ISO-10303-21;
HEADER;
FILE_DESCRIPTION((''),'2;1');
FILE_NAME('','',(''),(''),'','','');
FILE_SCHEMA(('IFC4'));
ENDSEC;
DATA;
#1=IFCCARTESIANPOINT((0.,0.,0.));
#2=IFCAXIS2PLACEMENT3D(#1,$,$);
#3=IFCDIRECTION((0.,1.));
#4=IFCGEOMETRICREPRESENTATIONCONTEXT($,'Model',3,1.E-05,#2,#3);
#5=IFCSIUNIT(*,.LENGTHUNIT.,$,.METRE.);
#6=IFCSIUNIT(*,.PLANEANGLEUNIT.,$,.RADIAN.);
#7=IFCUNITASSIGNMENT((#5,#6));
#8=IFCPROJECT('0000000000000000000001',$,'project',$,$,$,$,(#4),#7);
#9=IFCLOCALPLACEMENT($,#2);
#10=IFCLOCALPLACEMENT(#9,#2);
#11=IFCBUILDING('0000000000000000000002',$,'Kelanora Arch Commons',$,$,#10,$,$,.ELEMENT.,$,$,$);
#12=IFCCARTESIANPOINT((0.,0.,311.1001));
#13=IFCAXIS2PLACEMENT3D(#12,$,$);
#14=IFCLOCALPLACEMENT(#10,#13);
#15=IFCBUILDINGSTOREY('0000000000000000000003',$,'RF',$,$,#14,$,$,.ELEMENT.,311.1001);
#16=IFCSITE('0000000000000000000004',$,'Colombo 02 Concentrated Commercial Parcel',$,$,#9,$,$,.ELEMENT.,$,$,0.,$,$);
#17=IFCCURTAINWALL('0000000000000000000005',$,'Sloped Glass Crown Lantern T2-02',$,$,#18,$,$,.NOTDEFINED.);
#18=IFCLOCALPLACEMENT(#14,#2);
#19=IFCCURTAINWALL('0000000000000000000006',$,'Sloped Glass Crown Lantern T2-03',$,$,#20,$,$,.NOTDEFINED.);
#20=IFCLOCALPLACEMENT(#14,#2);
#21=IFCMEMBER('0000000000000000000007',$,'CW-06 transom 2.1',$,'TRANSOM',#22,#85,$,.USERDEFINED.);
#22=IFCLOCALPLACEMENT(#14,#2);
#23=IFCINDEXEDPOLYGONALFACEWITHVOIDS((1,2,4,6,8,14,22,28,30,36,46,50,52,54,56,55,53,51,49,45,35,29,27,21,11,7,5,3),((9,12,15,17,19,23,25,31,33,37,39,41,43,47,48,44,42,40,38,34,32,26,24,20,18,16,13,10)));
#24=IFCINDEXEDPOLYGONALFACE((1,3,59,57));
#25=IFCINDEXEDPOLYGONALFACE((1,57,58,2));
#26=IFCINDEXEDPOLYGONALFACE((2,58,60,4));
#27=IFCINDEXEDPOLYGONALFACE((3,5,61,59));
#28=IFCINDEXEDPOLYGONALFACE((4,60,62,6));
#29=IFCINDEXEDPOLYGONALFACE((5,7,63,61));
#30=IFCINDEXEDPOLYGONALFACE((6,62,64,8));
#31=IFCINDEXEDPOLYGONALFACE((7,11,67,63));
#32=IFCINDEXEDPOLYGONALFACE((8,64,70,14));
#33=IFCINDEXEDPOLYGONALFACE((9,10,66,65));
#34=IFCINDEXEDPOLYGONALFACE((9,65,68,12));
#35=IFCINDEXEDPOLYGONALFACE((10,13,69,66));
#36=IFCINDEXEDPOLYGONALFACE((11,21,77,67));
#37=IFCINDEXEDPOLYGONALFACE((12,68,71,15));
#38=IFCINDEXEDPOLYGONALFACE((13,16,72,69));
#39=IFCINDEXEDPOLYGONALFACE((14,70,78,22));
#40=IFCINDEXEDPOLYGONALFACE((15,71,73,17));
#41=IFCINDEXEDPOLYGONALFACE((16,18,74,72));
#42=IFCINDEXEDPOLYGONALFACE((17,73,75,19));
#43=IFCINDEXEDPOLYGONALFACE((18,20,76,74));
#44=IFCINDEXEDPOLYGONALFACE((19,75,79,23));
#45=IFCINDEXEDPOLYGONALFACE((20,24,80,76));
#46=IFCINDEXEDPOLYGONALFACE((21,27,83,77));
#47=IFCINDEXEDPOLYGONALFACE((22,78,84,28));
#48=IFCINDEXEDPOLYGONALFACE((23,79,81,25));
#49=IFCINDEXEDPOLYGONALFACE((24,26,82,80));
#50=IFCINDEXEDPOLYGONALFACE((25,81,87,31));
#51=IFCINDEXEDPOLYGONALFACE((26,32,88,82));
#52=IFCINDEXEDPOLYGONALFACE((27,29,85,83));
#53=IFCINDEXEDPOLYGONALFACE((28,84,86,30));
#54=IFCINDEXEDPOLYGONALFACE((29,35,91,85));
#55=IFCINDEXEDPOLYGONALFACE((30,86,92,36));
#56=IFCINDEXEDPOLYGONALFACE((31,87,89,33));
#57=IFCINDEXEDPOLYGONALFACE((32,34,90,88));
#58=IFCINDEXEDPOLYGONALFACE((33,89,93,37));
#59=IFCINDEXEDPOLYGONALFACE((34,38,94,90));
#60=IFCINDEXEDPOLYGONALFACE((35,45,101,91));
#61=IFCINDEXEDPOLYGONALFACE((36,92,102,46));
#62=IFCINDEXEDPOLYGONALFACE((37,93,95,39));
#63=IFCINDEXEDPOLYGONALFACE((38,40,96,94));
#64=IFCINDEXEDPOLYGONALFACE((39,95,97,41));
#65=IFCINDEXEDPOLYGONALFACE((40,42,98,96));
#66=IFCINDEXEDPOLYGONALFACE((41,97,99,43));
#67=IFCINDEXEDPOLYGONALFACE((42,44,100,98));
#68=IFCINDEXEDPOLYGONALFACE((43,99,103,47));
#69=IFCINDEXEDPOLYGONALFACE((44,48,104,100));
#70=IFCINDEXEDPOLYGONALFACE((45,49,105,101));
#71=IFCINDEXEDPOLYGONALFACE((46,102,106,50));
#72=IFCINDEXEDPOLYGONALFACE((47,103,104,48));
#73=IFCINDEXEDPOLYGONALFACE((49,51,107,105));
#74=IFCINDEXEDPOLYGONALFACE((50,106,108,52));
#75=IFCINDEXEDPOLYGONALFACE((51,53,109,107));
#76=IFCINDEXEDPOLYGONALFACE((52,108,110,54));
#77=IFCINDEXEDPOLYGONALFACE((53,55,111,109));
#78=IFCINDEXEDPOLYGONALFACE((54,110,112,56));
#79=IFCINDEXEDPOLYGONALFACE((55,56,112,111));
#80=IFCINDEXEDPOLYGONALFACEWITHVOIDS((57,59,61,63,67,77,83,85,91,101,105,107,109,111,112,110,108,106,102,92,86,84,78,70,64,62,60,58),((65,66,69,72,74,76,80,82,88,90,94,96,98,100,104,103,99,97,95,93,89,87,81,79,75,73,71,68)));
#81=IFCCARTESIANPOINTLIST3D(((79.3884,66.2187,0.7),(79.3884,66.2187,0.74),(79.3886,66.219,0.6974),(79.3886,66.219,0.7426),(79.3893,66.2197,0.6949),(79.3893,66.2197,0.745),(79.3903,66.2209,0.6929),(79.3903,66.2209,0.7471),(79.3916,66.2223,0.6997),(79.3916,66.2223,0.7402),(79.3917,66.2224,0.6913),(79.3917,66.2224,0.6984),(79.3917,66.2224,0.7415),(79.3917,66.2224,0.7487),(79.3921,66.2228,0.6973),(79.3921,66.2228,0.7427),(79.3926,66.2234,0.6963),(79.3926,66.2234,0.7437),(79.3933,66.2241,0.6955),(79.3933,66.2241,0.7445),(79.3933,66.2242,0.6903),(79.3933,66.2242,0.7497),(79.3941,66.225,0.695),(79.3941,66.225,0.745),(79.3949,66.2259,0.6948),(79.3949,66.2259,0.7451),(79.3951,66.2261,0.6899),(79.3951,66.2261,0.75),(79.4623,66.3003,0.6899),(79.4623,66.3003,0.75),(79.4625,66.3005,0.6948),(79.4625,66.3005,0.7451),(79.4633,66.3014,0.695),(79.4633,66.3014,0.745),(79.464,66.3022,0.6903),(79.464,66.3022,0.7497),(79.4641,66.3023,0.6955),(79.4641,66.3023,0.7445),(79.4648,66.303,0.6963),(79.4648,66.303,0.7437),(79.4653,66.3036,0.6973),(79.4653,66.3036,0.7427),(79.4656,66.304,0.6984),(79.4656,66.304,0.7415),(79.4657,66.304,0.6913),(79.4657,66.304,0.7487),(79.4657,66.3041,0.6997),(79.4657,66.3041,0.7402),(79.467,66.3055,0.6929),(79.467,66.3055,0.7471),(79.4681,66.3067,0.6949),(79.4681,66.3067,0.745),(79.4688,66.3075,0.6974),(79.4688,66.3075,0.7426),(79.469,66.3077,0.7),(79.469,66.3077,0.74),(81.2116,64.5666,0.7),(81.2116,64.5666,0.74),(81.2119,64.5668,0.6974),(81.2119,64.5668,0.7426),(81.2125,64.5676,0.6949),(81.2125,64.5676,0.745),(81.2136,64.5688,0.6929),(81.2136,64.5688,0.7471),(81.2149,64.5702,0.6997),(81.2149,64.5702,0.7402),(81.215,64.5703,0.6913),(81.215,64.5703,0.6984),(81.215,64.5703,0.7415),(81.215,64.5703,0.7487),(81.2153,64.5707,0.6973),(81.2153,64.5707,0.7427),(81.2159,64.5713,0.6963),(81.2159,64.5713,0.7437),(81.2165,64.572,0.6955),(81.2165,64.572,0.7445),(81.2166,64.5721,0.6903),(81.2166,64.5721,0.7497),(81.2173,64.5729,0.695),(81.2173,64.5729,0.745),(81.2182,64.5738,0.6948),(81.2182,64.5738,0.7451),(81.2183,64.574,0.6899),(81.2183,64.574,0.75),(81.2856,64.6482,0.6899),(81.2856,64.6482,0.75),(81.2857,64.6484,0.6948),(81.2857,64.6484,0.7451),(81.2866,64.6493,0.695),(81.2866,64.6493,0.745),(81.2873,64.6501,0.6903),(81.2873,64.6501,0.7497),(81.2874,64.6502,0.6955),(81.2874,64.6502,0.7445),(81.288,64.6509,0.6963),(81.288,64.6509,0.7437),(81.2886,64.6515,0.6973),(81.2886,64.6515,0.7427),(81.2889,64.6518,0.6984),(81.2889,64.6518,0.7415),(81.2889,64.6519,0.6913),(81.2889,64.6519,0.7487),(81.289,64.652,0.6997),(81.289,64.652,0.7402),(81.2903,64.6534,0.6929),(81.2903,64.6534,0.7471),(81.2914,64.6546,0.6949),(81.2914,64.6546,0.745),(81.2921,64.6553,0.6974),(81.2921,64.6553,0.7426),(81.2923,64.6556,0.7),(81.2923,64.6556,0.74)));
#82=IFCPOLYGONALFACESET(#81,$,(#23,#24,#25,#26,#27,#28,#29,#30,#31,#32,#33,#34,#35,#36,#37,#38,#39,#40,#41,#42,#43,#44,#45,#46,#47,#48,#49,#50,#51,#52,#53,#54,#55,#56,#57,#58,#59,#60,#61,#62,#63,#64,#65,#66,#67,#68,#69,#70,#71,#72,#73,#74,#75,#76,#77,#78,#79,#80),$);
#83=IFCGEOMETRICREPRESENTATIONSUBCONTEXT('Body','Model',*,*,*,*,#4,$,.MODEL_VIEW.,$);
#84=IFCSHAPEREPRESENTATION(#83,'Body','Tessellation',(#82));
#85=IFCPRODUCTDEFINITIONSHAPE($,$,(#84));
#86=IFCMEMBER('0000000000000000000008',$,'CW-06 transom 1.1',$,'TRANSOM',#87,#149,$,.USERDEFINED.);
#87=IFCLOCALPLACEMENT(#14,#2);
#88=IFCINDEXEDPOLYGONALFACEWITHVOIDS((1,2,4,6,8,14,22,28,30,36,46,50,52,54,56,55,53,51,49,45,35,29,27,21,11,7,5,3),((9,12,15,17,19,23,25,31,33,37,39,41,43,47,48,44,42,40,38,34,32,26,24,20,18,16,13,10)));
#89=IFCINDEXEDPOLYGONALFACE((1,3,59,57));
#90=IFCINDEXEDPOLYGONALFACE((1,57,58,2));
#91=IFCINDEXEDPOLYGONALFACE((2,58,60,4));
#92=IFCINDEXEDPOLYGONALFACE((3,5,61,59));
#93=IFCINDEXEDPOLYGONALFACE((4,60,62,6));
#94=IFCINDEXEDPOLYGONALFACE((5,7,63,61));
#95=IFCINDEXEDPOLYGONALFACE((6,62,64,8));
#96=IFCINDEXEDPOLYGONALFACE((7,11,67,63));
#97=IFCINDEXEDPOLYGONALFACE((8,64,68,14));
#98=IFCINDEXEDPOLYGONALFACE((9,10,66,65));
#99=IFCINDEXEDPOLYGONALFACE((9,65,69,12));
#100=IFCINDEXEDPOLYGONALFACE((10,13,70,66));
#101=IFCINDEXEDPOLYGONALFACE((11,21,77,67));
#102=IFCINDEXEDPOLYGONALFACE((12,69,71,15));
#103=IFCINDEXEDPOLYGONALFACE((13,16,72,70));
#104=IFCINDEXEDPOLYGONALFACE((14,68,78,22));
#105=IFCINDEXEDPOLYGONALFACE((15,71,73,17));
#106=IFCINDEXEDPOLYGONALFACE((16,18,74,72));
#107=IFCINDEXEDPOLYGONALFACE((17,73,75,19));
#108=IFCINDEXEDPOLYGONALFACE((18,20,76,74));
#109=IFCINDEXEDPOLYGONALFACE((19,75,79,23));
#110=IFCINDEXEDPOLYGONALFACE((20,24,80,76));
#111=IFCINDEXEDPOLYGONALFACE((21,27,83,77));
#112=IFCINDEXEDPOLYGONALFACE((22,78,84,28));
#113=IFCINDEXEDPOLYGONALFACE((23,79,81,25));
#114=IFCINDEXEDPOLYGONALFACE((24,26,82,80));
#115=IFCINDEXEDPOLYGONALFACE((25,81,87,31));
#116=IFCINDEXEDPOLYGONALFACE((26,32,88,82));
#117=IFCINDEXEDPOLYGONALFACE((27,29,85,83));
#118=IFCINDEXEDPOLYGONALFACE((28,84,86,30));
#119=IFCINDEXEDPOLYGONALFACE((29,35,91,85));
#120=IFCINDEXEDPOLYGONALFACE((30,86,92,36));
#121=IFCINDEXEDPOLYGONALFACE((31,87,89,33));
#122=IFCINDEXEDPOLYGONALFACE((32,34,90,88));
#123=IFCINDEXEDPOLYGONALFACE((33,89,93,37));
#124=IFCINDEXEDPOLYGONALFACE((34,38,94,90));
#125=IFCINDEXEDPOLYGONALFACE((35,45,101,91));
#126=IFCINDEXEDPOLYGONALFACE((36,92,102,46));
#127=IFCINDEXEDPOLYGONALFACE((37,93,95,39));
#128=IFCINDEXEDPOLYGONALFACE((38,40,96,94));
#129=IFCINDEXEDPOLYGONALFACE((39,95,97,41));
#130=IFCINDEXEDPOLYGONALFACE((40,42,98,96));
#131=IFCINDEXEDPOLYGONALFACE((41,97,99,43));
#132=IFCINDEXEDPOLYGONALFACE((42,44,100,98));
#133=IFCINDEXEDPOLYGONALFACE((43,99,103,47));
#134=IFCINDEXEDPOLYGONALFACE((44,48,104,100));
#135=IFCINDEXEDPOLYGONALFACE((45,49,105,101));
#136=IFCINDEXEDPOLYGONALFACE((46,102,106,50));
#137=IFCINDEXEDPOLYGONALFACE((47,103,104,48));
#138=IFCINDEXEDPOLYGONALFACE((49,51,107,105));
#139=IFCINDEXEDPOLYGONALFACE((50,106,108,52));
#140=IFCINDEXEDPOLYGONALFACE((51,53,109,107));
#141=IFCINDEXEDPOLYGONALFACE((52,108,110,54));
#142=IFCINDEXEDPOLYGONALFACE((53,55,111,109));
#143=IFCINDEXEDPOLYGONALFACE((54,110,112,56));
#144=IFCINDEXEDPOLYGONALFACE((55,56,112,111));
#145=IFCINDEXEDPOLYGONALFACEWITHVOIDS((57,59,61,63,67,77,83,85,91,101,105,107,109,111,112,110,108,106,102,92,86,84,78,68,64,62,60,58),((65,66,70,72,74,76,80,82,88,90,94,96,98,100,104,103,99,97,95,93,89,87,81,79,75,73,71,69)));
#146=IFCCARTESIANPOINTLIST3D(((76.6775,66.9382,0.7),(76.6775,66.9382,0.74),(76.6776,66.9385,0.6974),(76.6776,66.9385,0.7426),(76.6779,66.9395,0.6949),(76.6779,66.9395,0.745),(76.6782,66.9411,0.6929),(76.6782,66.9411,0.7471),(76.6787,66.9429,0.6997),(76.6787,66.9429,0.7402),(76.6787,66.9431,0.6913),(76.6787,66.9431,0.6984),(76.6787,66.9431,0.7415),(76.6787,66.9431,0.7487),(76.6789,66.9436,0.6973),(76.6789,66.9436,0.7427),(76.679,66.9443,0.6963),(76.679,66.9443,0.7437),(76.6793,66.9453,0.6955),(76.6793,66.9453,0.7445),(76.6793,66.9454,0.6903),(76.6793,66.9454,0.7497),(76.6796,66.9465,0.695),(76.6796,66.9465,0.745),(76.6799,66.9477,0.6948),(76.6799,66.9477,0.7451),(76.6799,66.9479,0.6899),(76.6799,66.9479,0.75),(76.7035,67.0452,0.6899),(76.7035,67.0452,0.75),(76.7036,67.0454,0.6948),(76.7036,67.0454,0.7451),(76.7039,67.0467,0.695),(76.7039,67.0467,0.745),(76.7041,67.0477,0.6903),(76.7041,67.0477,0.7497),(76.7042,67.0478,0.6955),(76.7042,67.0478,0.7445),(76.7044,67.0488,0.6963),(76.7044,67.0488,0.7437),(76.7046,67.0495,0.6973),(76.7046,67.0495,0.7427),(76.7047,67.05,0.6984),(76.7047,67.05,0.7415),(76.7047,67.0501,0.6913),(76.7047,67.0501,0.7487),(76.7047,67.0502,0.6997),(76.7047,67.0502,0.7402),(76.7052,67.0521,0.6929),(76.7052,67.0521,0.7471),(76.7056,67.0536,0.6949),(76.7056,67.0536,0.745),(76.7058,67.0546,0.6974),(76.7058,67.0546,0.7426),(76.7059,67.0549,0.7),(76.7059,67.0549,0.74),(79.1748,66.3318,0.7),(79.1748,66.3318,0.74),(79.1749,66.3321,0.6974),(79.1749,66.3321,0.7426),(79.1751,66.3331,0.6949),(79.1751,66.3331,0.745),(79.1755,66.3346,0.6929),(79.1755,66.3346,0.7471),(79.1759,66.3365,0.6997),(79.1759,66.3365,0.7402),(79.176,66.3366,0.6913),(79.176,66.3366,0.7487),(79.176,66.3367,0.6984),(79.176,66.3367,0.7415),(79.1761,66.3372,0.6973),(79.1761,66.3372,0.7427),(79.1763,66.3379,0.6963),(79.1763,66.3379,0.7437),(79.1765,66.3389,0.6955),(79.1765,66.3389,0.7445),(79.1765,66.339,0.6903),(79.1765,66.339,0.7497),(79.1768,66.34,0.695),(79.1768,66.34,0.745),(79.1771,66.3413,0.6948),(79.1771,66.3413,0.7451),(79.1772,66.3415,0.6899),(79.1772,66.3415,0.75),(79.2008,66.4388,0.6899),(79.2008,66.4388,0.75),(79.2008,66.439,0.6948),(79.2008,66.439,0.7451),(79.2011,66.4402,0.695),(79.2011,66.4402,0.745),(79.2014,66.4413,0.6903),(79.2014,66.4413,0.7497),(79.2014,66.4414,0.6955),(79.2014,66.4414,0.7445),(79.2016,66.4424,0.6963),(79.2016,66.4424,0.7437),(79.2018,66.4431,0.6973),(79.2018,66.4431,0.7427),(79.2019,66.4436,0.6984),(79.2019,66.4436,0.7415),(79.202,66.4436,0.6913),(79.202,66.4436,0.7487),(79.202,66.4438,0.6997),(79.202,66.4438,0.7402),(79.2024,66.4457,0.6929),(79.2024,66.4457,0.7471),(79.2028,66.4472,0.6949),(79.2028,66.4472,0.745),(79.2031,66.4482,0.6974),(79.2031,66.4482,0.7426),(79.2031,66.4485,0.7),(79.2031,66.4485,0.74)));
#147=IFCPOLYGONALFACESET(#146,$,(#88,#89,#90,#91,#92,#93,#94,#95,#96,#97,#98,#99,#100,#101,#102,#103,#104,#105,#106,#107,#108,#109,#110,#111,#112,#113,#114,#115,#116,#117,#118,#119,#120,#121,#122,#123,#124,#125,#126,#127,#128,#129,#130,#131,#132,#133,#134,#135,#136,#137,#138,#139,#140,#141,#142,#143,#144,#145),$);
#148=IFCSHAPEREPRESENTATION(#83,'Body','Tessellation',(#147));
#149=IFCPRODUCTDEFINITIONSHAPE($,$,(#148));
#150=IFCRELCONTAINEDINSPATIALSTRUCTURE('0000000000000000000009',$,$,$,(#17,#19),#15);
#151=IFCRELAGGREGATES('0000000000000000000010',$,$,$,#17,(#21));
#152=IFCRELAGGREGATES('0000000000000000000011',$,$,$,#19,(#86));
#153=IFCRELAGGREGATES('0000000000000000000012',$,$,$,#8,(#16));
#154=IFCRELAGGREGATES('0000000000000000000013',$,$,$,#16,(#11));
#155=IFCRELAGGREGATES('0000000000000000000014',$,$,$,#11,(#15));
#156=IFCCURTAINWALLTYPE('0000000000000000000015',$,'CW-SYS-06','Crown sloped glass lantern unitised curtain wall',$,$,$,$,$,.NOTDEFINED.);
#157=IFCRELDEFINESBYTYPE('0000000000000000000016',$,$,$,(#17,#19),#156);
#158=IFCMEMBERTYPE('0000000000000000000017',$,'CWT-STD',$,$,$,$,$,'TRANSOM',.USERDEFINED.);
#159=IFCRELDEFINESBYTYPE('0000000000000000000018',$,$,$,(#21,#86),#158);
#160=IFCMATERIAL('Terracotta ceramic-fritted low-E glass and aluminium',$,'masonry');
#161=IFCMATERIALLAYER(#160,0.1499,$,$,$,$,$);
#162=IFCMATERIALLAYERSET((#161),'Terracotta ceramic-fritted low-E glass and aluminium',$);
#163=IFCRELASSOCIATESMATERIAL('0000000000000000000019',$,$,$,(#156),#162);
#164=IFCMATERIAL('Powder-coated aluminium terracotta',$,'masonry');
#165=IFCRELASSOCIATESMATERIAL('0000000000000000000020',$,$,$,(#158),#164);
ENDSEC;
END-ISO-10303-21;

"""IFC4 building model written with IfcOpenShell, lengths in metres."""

from ifc_helpers import new_model, si_unit, direction, frame, origin, origin_2d, place, context, subcontext, project, spatial, hollow_rectangle, extrude, material, layer, layer_set, material_profile, profile_set, type_object, element, aggregate, save


model = new_model("IFC4")

# Units and contexts
model_context = context("Model", 3, precision=1e-05, world=origin(), true_north=direction((0.0, 1.0)))
body_context = subcontext(model_context, "Body", "Model", "MODEL_VIEW")
ifc_project = project(units=[si_unit("LENGTHUNIT", "METRE"), si_unit("PLANEANGLEUNIT", "RADIAN")], contexts=[model_context])

# Site, building, storey
site_placement = place(None, origin())
site = spatial("IfcSite", under=ifc_project, at=site_placement, Name="Colombo 02 Concentrated Commercial Parcel", CompositionType="ELEMENT", RefElevation=0.0)
building_placement = place(site_placement, origin())
building = spatial("IfcBuilding", under=site, at=building_placement, Name="Kelanora Arch Commons", CompositionType="ELEMENT")
storey_placement = place(building_placement, frame((0.0, 0.0, 311.1001)))
storey = spatial("IfcBuildingStorey", under=building, at=storey_placement, Name="RF", CompositionType="ELEMENT", Elevation=311.1001)

# Shared definitions
ifc_material_1 = material(Name="Terracotta ceramic-fritted low-E glass and aluminium", Category="masonry")
ifc_layer_1 = layer(ifc_material_1, 0.1499)
ifc_layer_set_1 = layer_set([ifc_layer_1], Name="Terracotta ceramic-fritted low-E glass and aluminium")
curtain_wall_type = type_object("IfcCurtainWallType", Name="CW-SYS-06", Description="Crown sloped glass lantern unitised curtain wall", PredefinedType="NOTDEFINED", material=ifc_layer_set_1)
ifc_material_2 = material(Name="Powder-coated aluminium terracotta", Category="masonry")

# Curtain walls
curtain_wall_1_placement = place(storey_placement, origin())
curtain_wall_1 = element("IfcCurtainWall", 1, at=curtain_wall_1_placement, inside=storey, type_object=curtain_wall_type, Name="Sloped Glass Crown Lantern T2-02", PredefinedType="NOTDEFINED")
curtain_wall_2_placement = place(storey_placement, origin())
curtain_wall_2 = element("IfcCurtainWall", 2, at=curtain_wall_2_placement, inside=storey, type_object=curtain_wall_type, Name="Sloped Glass Crown Lantern T2-03", PredefinedType="NOTDEFINED")

# Members
ifc_material_profile_1 = material_profile(ifc_material_2, hollow_rectangle(XDim=0.1201, YDim=0.0601, WallThickness=0.0049, InnerFilletRadius=0.0049, OuterFilletRadius=0.01, at=origin_2d()), Name="CWT120x60")
ifc_profile_set_1 = profile_set([ifc_material_profile_1], Name="Powder-coated aluminium terracotta")
member_type_1 = type_object("IfcMemberType", Name="CWT-STD", ElementType="TRANSOM", PredefinedType="USERDEFINED", material=ifc_profile_set_1)
member_1_placement = place(storey_placement, frame((81.252, 64.6111, 0.72), z_axis=(-0.74103, 0.671472, 0.0), x_axis=(-0.671472, -0.74103, 0.0)))
member_1 = element("IfcMember", 3, at=member_1_placement, type_object=member_type_1, Name="CW-06 transom 2.1", ObjectType="TRANSOM", PredefinedType="USERDEFINED", context=body_context, shape_type="SweptSolid", body=[
    extrude(hollow_rectangle(XDim=0.1201, YDim=0.0601, WallThickness=0.0049, InnerFilletRadius=0.0049, OuterFilletRadius=0.01, at=origin_2d()), origin(), (0.0, 0.0, 1.0), 2.4604),
])
member_2_placement = place(storey_placement, frame((79.189, 66.3901, 0.72), z_axis=(-0.971758, 0.235981, 0.0), x_axis=(-0.235981, -0.971758, 0.0)))
member_2 = element("IfcMember", 4, at=member_2_placement, type_object=member_type_1, Name="CW-06 transom 1.1", ObjectType="TRANSOM", PredefinedType="USERDEFINED", context=body_context, shape_type="SweptSolid", body=[
    extrude(hollow_rectangle(XDim=0.1201, YDim=0.0601, WallThickness=0.0049, InnerFilletRadius=0.0049, OuterFilletRadius=0.01, at=origin_2d()), origin(), (0.0, 0.0, 1.0), 2.5698),
])

aggregate(curtain_wall_1, [member_1])
aggregate(curtain_wall_2, [member_2])

save(model, "model.ifc")
